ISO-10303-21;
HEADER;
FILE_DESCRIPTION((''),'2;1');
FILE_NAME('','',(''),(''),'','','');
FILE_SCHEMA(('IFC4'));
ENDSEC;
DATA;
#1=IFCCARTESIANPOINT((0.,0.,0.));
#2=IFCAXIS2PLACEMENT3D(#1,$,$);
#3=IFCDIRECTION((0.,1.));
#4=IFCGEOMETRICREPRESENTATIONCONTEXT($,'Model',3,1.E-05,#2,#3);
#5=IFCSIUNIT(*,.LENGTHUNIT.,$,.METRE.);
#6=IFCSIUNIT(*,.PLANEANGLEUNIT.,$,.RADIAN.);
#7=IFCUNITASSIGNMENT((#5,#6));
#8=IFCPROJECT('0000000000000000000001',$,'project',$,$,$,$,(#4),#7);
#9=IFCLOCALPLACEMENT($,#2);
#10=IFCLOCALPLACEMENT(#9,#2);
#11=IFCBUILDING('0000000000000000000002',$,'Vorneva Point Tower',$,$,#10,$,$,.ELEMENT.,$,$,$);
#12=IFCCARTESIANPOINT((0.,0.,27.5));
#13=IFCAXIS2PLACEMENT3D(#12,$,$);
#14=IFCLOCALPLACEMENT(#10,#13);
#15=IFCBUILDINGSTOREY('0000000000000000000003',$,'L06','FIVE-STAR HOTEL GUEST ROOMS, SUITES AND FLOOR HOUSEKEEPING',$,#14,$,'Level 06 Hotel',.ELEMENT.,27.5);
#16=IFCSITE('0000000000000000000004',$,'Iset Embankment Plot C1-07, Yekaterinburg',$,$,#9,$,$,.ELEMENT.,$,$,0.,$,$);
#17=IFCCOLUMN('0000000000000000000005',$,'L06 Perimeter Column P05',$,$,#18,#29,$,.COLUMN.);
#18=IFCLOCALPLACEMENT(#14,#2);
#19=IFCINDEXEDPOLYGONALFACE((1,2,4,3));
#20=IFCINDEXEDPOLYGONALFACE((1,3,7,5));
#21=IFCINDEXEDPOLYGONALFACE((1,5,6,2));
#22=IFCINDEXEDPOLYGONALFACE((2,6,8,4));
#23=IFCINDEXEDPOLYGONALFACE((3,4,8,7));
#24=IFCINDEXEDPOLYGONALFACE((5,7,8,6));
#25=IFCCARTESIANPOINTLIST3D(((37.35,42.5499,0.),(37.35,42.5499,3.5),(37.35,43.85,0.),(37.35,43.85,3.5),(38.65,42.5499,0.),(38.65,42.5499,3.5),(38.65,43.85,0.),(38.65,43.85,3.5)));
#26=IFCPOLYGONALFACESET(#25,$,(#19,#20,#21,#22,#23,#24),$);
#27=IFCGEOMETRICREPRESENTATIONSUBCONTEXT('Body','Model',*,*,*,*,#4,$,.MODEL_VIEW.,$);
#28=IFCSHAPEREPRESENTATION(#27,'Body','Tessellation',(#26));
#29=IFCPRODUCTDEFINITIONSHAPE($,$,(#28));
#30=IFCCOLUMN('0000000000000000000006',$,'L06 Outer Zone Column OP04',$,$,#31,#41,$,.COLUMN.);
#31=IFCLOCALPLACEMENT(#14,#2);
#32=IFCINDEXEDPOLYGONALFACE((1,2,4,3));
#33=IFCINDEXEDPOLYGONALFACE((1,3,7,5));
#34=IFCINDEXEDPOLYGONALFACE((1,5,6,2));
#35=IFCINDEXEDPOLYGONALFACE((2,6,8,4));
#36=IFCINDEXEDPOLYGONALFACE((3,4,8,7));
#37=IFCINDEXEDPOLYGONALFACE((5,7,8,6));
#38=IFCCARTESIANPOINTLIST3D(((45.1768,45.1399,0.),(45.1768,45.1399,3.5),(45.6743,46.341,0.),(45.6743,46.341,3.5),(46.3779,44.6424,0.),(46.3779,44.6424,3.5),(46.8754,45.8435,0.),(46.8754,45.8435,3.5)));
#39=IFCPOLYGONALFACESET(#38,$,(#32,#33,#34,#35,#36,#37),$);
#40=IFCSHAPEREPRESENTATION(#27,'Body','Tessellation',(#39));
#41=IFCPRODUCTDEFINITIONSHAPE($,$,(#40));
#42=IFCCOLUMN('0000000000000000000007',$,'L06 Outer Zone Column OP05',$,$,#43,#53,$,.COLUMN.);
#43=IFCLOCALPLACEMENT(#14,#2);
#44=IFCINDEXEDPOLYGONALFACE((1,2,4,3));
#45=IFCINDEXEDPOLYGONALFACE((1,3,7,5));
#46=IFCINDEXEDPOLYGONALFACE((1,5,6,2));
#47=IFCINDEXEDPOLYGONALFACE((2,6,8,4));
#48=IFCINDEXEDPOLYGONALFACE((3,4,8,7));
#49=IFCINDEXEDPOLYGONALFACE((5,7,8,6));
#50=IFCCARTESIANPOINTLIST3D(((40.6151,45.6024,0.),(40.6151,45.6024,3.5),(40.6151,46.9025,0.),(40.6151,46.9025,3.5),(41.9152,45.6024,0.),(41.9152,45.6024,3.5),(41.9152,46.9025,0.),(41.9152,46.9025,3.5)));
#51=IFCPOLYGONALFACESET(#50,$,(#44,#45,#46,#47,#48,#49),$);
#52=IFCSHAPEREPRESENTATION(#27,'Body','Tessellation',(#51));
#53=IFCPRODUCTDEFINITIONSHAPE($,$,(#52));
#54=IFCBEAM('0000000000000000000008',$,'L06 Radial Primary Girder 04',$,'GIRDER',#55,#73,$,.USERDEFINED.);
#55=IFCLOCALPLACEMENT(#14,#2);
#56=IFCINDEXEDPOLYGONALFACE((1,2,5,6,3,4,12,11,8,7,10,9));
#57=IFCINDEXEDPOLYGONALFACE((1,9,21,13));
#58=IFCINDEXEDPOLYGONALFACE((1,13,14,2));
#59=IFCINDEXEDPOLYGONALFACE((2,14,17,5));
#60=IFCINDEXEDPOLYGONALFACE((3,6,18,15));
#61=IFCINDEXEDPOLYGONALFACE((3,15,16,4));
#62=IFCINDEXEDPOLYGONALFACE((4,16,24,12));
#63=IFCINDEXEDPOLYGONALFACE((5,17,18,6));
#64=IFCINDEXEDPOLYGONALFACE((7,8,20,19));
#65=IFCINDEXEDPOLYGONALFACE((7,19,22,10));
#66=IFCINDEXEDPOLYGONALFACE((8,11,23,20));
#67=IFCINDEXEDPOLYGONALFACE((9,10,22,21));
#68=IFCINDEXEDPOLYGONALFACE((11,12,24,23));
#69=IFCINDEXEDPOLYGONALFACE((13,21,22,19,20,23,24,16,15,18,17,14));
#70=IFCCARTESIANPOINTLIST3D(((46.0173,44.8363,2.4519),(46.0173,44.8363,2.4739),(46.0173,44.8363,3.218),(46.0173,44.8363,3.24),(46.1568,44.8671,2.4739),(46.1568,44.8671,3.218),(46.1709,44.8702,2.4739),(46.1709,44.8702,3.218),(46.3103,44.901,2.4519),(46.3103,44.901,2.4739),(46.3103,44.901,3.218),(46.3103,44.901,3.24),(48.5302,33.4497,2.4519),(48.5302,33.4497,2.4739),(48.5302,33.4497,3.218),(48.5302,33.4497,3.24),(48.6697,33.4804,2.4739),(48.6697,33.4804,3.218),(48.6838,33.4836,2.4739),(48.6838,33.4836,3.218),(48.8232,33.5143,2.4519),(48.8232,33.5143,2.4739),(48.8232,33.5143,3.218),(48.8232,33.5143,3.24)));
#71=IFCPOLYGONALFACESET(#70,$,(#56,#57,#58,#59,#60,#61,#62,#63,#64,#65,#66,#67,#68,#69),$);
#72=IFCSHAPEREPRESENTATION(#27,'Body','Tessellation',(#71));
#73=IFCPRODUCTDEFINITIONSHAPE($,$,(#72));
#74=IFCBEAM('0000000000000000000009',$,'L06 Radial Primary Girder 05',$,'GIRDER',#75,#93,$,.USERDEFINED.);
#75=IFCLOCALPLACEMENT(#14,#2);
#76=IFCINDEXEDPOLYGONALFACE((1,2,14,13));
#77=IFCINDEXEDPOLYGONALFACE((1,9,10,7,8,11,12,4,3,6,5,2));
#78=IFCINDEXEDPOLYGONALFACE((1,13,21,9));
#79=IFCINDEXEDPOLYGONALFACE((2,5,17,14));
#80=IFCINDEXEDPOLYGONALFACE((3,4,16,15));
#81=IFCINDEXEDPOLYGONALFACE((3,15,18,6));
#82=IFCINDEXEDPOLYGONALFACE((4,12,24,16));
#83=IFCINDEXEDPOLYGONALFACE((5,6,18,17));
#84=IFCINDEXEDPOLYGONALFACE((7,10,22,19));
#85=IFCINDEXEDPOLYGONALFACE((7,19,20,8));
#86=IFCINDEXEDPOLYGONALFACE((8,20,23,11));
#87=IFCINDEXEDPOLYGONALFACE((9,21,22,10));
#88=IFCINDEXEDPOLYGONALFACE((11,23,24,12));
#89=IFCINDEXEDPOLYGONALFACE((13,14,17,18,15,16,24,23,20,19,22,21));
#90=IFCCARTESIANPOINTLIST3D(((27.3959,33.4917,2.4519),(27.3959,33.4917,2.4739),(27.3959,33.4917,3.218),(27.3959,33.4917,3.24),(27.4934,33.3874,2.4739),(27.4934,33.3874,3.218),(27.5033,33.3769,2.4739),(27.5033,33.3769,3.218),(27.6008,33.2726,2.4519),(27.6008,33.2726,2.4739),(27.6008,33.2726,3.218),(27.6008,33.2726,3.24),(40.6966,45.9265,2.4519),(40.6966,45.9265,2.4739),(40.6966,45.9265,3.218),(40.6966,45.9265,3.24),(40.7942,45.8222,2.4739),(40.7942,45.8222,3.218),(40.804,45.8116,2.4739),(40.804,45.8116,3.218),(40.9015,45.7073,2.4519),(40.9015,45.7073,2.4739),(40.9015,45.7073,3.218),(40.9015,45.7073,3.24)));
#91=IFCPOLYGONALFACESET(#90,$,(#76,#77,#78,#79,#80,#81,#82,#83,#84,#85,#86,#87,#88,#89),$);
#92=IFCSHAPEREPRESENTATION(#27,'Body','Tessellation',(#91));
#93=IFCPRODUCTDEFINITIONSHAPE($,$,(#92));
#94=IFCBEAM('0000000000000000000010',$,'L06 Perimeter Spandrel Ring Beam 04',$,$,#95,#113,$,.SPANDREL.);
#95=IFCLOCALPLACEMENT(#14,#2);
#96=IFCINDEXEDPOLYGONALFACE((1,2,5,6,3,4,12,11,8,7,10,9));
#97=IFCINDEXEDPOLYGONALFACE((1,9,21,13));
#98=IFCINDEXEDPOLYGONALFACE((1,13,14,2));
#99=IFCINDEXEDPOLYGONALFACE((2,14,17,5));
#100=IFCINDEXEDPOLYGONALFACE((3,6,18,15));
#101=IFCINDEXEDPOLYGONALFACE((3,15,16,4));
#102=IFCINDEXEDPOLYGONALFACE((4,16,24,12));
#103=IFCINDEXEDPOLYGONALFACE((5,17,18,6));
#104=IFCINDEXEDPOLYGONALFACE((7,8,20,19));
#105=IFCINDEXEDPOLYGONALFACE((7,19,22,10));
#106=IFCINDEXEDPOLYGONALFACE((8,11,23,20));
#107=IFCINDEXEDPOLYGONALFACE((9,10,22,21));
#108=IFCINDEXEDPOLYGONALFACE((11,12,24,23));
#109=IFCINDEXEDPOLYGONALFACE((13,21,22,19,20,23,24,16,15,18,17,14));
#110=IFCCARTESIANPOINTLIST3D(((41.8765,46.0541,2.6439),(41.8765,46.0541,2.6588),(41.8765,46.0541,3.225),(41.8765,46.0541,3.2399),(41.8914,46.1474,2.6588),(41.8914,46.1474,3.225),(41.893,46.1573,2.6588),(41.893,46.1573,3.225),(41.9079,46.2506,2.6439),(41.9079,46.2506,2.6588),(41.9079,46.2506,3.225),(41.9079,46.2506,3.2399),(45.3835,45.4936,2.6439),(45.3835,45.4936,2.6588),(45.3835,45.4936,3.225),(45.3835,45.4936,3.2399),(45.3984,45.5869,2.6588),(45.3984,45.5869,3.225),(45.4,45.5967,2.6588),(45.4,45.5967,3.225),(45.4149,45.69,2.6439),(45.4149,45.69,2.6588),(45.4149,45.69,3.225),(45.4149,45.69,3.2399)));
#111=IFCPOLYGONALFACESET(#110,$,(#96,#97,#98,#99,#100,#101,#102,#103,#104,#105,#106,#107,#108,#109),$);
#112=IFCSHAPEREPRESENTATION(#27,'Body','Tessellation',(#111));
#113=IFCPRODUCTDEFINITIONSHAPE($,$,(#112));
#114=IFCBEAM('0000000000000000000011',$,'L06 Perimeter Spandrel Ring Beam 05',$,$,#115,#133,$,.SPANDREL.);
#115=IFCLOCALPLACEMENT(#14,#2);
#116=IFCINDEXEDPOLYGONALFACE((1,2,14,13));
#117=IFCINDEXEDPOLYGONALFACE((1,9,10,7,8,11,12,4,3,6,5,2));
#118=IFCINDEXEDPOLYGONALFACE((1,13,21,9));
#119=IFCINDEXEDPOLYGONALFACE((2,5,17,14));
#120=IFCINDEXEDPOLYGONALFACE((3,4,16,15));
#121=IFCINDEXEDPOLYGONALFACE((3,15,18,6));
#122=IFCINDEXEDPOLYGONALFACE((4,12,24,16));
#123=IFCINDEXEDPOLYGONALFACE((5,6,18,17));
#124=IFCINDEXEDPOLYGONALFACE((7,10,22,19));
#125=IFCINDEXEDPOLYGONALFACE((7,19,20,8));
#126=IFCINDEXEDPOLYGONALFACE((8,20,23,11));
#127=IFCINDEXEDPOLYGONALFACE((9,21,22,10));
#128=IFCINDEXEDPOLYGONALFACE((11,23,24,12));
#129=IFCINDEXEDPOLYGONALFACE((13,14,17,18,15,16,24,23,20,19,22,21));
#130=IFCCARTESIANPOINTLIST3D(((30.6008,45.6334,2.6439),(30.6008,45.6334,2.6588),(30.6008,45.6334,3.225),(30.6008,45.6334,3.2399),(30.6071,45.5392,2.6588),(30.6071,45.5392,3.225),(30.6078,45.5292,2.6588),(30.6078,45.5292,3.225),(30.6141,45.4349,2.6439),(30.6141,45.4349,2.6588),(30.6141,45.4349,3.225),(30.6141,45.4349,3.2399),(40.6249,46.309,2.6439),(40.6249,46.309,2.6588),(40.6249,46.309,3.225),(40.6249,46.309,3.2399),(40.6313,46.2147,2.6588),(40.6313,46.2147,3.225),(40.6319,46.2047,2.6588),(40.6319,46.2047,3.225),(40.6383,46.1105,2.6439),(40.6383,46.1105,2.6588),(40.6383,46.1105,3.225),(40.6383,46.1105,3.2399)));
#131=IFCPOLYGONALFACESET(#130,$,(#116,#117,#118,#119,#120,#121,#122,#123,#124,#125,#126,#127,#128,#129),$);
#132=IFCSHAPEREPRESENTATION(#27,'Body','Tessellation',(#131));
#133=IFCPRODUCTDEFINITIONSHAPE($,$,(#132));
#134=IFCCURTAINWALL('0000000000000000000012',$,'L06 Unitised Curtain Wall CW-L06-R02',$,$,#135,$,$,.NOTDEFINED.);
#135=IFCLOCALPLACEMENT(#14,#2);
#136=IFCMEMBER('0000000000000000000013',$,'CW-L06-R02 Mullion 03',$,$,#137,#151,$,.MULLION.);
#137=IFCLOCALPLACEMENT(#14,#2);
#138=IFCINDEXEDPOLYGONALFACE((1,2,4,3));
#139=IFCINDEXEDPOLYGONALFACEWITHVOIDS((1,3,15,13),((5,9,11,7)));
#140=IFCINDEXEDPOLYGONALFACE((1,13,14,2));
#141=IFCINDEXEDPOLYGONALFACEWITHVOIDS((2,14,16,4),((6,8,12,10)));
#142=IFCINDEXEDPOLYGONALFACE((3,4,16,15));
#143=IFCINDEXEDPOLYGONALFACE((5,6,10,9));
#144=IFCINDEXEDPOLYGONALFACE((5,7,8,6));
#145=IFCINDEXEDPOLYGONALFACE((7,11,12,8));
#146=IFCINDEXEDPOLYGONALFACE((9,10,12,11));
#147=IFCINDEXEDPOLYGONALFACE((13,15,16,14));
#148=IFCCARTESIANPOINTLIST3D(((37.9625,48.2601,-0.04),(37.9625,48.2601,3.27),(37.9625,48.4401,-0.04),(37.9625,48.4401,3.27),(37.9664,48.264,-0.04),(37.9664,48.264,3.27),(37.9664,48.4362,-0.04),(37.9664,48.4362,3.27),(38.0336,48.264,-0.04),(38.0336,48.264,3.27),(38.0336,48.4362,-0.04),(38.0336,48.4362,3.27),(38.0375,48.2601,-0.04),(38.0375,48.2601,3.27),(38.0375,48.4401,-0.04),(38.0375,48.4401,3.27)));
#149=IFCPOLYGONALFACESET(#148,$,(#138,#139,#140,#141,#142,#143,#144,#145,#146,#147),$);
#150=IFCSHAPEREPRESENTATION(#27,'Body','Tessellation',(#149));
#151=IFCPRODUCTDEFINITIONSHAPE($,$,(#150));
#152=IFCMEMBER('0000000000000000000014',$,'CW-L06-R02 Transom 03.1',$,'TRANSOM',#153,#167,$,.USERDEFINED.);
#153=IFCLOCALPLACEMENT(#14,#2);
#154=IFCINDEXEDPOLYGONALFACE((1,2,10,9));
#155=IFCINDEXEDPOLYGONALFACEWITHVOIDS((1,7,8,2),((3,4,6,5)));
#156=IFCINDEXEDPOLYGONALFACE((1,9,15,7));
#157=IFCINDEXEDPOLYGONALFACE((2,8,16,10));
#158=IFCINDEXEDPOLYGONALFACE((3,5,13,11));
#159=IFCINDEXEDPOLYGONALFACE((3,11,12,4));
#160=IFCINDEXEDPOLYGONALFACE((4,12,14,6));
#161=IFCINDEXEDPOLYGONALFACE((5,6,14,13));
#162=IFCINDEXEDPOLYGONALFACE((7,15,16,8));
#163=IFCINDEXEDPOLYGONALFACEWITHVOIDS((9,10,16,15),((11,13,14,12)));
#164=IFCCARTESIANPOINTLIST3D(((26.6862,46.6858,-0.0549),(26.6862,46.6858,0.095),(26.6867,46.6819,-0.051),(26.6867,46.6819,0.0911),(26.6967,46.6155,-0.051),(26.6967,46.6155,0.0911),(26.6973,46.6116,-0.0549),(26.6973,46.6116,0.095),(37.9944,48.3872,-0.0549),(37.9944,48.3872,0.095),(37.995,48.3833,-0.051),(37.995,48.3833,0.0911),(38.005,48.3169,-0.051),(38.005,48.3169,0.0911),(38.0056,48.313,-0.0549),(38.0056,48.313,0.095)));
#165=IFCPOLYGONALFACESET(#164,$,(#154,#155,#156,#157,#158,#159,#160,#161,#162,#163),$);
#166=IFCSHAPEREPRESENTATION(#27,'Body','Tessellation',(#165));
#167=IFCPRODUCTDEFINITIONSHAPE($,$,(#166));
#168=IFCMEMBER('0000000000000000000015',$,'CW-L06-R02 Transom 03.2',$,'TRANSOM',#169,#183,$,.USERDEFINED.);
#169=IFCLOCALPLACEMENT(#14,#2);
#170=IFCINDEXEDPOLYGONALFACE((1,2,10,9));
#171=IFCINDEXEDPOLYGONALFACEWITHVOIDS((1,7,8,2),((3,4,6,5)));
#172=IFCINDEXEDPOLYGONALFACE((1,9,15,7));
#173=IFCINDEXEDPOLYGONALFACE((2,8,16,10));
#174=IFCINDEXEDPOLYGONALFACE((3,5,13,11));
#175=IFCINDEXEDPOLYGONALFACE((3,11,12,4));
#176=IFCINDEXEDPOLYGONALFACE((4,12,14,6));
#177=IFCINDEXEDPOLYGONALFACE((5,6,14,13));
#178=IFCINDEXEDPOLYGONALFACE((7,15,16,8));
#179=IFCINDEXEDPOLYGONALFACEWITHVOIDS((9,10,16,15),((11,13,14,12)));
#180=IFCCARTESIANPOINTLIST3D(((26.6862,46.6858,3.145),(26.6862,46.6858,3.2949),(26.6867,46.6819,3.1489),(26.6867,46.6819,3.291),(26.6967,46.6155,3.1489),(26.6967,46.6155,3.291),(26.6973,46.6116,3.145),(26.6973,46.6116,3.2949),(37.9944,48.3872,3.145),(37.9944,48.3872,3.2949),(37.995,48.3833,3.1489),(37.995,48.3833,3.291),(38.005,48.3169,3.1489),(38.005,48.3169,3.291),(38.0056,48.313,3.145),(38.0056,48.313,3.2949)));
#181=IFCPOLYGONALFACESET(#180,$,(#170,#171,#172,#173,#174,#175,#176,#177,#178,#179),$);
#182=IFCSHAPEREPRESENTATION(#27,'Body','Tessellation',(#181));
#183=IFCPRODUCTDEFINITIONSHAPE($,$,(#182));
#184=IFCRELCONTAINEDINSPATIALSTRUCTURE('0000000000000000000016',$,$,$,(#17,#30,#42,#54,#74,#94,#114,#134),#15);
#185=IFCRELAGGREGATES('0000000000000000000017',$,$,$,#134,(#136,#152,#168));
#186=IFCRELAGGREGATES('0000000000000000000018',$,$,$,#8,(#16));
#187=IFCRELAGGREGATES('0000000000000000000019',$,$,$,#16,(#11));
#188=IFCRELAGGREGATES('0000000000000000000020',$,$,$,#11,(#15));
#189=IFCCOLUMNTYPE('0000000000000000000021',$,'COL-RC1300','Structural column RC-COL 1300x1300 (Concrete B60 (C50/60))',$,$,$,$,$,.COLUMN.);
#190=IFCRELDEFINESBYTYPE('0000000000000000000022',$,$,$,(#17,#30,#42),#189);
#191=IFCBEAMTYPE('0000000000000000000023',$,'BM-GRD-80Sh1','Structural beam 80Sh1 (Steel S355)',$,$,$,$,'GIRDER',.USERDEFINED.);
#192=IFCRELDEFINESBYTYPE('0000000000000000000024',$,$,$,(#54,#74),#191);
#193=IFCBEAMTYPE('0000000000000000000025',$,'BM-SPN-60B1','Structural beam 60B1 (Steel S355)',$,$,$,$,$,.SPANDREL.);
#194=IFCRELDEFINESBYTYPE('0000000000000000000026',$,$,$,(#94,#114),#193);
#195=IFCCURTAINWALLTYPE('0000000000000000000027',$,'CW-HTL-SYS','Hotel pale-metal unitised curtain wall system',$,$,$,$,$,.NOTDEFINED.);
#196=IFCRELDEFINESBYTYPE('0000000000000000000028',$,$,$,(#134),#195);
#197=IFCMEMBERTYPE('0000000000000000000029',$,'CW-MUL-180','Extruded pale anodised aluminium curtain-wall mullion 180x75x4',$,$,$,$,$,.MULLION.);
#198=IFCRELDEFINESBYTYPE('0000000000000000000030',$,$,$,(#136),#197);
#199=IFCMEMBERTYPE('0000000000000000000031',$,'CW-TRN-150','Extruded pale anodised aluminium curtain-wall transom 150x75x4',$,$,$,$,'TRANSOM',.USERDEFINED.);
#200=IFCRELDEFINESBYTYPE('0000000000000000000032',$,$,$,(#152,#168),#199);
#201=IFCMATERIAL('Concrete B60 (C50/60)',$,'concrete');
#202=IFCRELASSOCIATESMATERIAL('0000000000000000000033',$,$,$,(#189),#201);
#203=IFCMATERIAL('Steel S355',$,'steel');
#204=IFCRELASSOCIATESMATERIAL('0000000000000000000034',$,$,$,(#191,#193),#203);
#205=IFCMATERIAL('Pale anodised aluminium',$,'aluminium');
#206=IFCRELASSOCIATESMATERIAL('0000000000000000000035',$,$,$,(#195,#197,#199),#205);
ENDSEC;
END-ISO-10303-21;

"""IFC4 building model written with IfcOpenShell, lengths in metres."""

from ifc_helpers import new_model, si_unit, direction, frame, origin, origin_2d, place, context, subcontext, project, spatial, rectangle, hollow_rectangle, i_section, extrude, material, material_profile, profile_set, type_object, element, aggregate, save


model = new_model("IFC4")

# Units and contexts
model_context = context("Model", 3, precision=1e-05, world=origin(), true_north=direction((0.0, 1.0)))
body_context = subcontext(model_context, "Body", "Model", "MODEL_VIEW")
ifc_project = project(units=[si_unit("LENGTHUNIT", "METRE"), si_unit("PLANEANGLEUNIT", "RADIAN")], contexts=[model_context])

# Site, building, storey
site_placement = place(None, origin())
site = spatial("IfcSite", under=ifc_project, at=site_placement, Name="Iset Embankment Plot C1-07, Yekaterinburg", CompositionType="ELEMENT", RefElevation=0.0)
building_placement = place(site_placement, origin())
building = spatial("IfcBuilding", under=site, at=building_placement, Name="Vorneva Point Tower", CompositionType="ELEMENT")
storey_placement = place(building_placement, frame((0.0, 0.0, 27.5)))
storey = spatial("IfcBuildingStorey", under=building, at=storey_placement, Name="L06", Description="FIVE-STAR HOTEL GUEST ROOMS, SUITES AND FLOOR HOUSEKEEPING", LongName="Level 06 Hotel", CompositionType="ELEMENT", Elevation=27.5)

# Columns
ifc_material_1 = material(Name="Concrete B60 (C50/60)", Category="concrete")
ifc_material_profile_1 = material_profile(ifc_material_1, rectangle(XDim=1.3, YDim=1.3, at=origin_2d()), Name="RC-COL 1300x1300")
ifc_profile_set_1 = profile_set([ifc_material_profile_1], Name="Concrete B60 (C50/60)")
column_type = type_object("IfcColumnType", Name="COL-RC1300", Description="Structural column RC-COL 1300x1300 (Concrete B60 (C50/60))", PredefinedType="COLUMN", material=ifc_profile_set_1)
for number, where, z_axis, x_axis, name in (
    (1, (38.0, 43.2, 0.0), (0.0, 0.0, 1.0), (0.0, 1.0, 0.0), "L06 Perimeter Column P05"),
    (2, (46.0261, 45.4917, 0.0), (0.0, 0.0, 1.0), (0.382683, 0.92388, 0.0), "L06 Outer Zone Column OP04"),
    (3, (41.2651, 46.2524, 0.0), (0.0, 0.0, 1.0), (0.0, 1.0, 0.0), "L06 Outer Zone Column OP05"),
):
    element("IfcColumn", number, at=place(storey_placement, frame(where, z_axis=z_axis, x_axis=x_axis)), inside=storey, type_object=column_type, Name=name, PredefinedType="COLUMN", context=body_context, shape_type="SweptSolid", body=[
        extrude(rectangle(XDim=1.3, YDim=1.3, at=origin_2d()), origin(), (0.0, 0.0, 1.0), 3.5),
    ])

# Beams
ifc_material_2 = material(Name="Steel S355", Category="steel")
ifc_material_profile_2 = material_profile(ifc_material_2, i_section(OverallWidth=0.3, OverallDepth=0.7881, WebThickness=0.0144, FlangeThickness=0.022, at=origin_2d()), Name="80Sh1")
ifc_profile_set_2 = profile_set([ifc_material_profile_2], Name="Steel S355")
beam_type_1 = type_object("IfcBeamType", Name="BM-GRD-80Sh1", Description="Structural beam 80Sh1 (Steel S355)", ElementType="GIRDER", PredefinedType="USERDEFINED", material=ifc_profile_set_2)
beam_1_placement = place(storey_placement, frame((46.1638, 44.8687, 2.8459), z_axis=(0.215505, -0.976503, 0.0), x_axis=(0.976503, 0.215505, 0.0)))
element("IfcBeam", 4, at=beam_1_placement, inside=storey, type_object=beam_type_1, Name="L06 Radial Primary Girder 04", ObjectType="GIRDER", PredefinedType="USERDEFINED", context=body_context, shape_type="SweptSolid", body=[
    extrude(i_section(OverallWidth=0.3, OverallDepth=0.7881, WebThickness=0.0144, FlangeThickness=0.022, at=origin_2d()), origin(), (0.0, 0.0, 1.0), 11.6606),
])
beam_2_placement = place(storey_placement, frame((40.7991, 45.8169, 2.8459), z_axis=(-0.730487, -0.682927, 0.0), x_axis=(0.682927, -0.730487, 0.0)))
element("IfcBeam", 5, at=beam_2_placement, inside=storey, type_object=beam_type_1, Name="L06 Radial Primary Girder 05", ObjectType="GIRDER", PredefinedType="USERDEFINED", context=body_context, shape_type="SweptSolid", body=[
    extrude(i_section(OverallWidth=0.3, OverallDepth=0.7881, WebThickness=0.0144, FlangeThickness=0.022, at=origin_2d()), origin(), (0.0, 0.0, 1.0), 18.208),
])
ifc_material_profile_3 = material_profile(ifc_material_2, i_section(OverallWidth=0.199, OverallDepth=0.5959, WebThickness=0.01, FlangeThickness=0.0149, at=origin_2d()), Name="60B1")
ifc_profile_set_3 = profile_set([ifc_material_profile_3], Name="Steel S355")
beam_type_2 = type_object("IfcBeamType", Name="BM-SPN-60B1", Description="Structural beam 60B1 (Steel S355)", PredefinedType="SPANDREL", material=ifc_profile_set_3)
beam_3_placement = place(storey_placement, frame((45.3992, 45.5918, 2.9419), z_axis=(-0.987466, 0.15783, 0.0), x_axis=(-0.15783, -0.987466, 0.0)))
element("IfcBeam", 6, at=beam_3_placement, inside=storey, type_object=beam_type_2, Name="L06 Perimeter Spandrel Ring Beam 04", PredefinedType="SPANDREL", context=body_context, shape_type="SweptSolid", body=[
    extrude(i_section(OverallWidth=0.199, OverallDepth=0.5959, WebThickness=0.01, FlangeThickness=0.0149, at=origin_2d()), origin(), (0.0, 0.0, 1.0), 3.5515),
])
beam_4_placement = place(storey_placement, frame((40.6316, 46.2097, 2.9419), z_axis=(-0.997737, -0.067238, 0.0), x_axis=(0.067238, -0.997737, 0.0)))
element("IfcBeam", 7, at=beam_4_placement, inside=storey, type_object=beam_type_2, Name="L06 Perimeter Spandrel Ring Beam 05", PredefinedType="SPANDREL", context=body_context, shape_type="SweptSolid", body=[
    extrude(i_section(OverallWidth=0.199, OverallDepth=0.5959, WebThickness=0.01, FlangeThickness=0.0149, at=origin_2d()), origin(), (0.0, 0.0, 1.0), 10.0469),
])

# Curtain wall, members
ifc_material_3 = material(Name="Pale anodised aluminium", Category="aluminium")
curtain_wall_type = type_object("IfcCurtainWallType", Name="CW-HTL-SYS", Description="Hotel pale-metal unitised curtain wall system", PredefinedType="NOTDEFINED", material=ifc_material_3)
curtain_wall_placement = place(storey_placement, origin())
curtain_wall = element("IfcCurtainWall", 8, at=curtain_wall_placement, inside=storey, type_object=curtain_wall_type, Name="L06 Unitised Curtain Wall CW-L06-R02", PredefinedType="NOTDEFINED")
ifc_material_profile_4 = material_profile(ifc_material_3, hollow_rectangle(XDim=0.075, YDim=0.1799, WallThickness=0.0039, at=origin_2d()), Name="AL-MUL 180x75x4")
ifc_profile_set_4 = profile_set([ifc_material_profile_4], Name="Pale anodised aluminium")
member_type_1 = type_object("IfcMemberType", Name="CW-MUL-180", Description="Extruded pale anodised aluminium curtain-wall mullion 180x75x4", PredefinedType="MULLION", material=ifc_profile_set_4)
member_1_placement = place(storey_placement, frame((38.0, 48.3501, -0.04), z_axis=(0.0, 0.0, 1.0), x_axis=(1.0, 0.0, 0.0)))
member_1 = element("IfcMember", 9, at=member_1_placement, type_object=member_type_1, Name="CW-L06-R02 Mullion 03", PredefinedType="MULLION", context=body_context, shape_type="SweptSolid", body=[
    extrude(hollow_rectangle(XDim=0.075, YDim=0.1799, WallThickness=0.0039, at=origin_2d()), origin(), (0.0, 0.0, 1.0), 3.3101),
])
ifc_material_profile_5 = material_profile(ifc_material_3, hollow_rectangle(XDim=0.075, YDim=0.1499, WallThickness=0.0039, at=origin_2d()), Name="AL-TRN 150x75x4")
ifc_profile_set_5 = profile_set([ifc_material_profile_5], Name="Pale anodised aluminium")
member_type_2 = type_object("IfcMemberType", Name="CW-TRN-150", Description="Extruded pale anodised aluminium curtain-wall transom 150x75x4", ElementType="TRANSOM", PredefinedType="USERDEFINED", material=ifc_profile_set_5)
member_2_placement = place(storey_placement, frame((38.0, 48.3501, 0.02), z_axis=(-0.98887, -0.148782, 0.0), x_axis=(0.148782, -0.98887, 0.0)))
member_2 = element("IfcMember", 10, at=member_2_placement, type_object=member_type_2, Name="CW-L06-R02 Transom 03.1", ObjectType="TRANSOM", PredefinedType="USERDEFINED", context=body_context, shape_type="SweptSolid", body=[
    extrude(hollow_rectangle(XDim=0.075, YDim=0.1499, WallThickness=0.0039, at=origin_2d()), origin(), (0.0, 0.0, 1.0), 11.4355),
])
member_3_placement = place(storey_placement, frame((38.0, 48.3501, 3.22), z_axis=(-0.98887, -0.148782, 0.0), x_axis=(0.148782, -0.98887, 0.0)))
member_3 = element("IfcMember", 11, at=member_3_placement, type_object=member_type_2, Name="CW-L06-R02 Transom 03.2", ObjectType="TRANSOM", PredefinedType="USERDEFINED", context=body_context, shape_type="SweptSolid", body=[
    extrude(hollow_rectangle(XDim=0.075, YDim=0.1499, WallThickness=0.0039, at=origin_2d()), origin(), (0.0, 0.0, 1.0), 11.4355),
])
aggregate(curtain_wall, [member_1, member_2, member_3])

save(model, "model.ifc")
